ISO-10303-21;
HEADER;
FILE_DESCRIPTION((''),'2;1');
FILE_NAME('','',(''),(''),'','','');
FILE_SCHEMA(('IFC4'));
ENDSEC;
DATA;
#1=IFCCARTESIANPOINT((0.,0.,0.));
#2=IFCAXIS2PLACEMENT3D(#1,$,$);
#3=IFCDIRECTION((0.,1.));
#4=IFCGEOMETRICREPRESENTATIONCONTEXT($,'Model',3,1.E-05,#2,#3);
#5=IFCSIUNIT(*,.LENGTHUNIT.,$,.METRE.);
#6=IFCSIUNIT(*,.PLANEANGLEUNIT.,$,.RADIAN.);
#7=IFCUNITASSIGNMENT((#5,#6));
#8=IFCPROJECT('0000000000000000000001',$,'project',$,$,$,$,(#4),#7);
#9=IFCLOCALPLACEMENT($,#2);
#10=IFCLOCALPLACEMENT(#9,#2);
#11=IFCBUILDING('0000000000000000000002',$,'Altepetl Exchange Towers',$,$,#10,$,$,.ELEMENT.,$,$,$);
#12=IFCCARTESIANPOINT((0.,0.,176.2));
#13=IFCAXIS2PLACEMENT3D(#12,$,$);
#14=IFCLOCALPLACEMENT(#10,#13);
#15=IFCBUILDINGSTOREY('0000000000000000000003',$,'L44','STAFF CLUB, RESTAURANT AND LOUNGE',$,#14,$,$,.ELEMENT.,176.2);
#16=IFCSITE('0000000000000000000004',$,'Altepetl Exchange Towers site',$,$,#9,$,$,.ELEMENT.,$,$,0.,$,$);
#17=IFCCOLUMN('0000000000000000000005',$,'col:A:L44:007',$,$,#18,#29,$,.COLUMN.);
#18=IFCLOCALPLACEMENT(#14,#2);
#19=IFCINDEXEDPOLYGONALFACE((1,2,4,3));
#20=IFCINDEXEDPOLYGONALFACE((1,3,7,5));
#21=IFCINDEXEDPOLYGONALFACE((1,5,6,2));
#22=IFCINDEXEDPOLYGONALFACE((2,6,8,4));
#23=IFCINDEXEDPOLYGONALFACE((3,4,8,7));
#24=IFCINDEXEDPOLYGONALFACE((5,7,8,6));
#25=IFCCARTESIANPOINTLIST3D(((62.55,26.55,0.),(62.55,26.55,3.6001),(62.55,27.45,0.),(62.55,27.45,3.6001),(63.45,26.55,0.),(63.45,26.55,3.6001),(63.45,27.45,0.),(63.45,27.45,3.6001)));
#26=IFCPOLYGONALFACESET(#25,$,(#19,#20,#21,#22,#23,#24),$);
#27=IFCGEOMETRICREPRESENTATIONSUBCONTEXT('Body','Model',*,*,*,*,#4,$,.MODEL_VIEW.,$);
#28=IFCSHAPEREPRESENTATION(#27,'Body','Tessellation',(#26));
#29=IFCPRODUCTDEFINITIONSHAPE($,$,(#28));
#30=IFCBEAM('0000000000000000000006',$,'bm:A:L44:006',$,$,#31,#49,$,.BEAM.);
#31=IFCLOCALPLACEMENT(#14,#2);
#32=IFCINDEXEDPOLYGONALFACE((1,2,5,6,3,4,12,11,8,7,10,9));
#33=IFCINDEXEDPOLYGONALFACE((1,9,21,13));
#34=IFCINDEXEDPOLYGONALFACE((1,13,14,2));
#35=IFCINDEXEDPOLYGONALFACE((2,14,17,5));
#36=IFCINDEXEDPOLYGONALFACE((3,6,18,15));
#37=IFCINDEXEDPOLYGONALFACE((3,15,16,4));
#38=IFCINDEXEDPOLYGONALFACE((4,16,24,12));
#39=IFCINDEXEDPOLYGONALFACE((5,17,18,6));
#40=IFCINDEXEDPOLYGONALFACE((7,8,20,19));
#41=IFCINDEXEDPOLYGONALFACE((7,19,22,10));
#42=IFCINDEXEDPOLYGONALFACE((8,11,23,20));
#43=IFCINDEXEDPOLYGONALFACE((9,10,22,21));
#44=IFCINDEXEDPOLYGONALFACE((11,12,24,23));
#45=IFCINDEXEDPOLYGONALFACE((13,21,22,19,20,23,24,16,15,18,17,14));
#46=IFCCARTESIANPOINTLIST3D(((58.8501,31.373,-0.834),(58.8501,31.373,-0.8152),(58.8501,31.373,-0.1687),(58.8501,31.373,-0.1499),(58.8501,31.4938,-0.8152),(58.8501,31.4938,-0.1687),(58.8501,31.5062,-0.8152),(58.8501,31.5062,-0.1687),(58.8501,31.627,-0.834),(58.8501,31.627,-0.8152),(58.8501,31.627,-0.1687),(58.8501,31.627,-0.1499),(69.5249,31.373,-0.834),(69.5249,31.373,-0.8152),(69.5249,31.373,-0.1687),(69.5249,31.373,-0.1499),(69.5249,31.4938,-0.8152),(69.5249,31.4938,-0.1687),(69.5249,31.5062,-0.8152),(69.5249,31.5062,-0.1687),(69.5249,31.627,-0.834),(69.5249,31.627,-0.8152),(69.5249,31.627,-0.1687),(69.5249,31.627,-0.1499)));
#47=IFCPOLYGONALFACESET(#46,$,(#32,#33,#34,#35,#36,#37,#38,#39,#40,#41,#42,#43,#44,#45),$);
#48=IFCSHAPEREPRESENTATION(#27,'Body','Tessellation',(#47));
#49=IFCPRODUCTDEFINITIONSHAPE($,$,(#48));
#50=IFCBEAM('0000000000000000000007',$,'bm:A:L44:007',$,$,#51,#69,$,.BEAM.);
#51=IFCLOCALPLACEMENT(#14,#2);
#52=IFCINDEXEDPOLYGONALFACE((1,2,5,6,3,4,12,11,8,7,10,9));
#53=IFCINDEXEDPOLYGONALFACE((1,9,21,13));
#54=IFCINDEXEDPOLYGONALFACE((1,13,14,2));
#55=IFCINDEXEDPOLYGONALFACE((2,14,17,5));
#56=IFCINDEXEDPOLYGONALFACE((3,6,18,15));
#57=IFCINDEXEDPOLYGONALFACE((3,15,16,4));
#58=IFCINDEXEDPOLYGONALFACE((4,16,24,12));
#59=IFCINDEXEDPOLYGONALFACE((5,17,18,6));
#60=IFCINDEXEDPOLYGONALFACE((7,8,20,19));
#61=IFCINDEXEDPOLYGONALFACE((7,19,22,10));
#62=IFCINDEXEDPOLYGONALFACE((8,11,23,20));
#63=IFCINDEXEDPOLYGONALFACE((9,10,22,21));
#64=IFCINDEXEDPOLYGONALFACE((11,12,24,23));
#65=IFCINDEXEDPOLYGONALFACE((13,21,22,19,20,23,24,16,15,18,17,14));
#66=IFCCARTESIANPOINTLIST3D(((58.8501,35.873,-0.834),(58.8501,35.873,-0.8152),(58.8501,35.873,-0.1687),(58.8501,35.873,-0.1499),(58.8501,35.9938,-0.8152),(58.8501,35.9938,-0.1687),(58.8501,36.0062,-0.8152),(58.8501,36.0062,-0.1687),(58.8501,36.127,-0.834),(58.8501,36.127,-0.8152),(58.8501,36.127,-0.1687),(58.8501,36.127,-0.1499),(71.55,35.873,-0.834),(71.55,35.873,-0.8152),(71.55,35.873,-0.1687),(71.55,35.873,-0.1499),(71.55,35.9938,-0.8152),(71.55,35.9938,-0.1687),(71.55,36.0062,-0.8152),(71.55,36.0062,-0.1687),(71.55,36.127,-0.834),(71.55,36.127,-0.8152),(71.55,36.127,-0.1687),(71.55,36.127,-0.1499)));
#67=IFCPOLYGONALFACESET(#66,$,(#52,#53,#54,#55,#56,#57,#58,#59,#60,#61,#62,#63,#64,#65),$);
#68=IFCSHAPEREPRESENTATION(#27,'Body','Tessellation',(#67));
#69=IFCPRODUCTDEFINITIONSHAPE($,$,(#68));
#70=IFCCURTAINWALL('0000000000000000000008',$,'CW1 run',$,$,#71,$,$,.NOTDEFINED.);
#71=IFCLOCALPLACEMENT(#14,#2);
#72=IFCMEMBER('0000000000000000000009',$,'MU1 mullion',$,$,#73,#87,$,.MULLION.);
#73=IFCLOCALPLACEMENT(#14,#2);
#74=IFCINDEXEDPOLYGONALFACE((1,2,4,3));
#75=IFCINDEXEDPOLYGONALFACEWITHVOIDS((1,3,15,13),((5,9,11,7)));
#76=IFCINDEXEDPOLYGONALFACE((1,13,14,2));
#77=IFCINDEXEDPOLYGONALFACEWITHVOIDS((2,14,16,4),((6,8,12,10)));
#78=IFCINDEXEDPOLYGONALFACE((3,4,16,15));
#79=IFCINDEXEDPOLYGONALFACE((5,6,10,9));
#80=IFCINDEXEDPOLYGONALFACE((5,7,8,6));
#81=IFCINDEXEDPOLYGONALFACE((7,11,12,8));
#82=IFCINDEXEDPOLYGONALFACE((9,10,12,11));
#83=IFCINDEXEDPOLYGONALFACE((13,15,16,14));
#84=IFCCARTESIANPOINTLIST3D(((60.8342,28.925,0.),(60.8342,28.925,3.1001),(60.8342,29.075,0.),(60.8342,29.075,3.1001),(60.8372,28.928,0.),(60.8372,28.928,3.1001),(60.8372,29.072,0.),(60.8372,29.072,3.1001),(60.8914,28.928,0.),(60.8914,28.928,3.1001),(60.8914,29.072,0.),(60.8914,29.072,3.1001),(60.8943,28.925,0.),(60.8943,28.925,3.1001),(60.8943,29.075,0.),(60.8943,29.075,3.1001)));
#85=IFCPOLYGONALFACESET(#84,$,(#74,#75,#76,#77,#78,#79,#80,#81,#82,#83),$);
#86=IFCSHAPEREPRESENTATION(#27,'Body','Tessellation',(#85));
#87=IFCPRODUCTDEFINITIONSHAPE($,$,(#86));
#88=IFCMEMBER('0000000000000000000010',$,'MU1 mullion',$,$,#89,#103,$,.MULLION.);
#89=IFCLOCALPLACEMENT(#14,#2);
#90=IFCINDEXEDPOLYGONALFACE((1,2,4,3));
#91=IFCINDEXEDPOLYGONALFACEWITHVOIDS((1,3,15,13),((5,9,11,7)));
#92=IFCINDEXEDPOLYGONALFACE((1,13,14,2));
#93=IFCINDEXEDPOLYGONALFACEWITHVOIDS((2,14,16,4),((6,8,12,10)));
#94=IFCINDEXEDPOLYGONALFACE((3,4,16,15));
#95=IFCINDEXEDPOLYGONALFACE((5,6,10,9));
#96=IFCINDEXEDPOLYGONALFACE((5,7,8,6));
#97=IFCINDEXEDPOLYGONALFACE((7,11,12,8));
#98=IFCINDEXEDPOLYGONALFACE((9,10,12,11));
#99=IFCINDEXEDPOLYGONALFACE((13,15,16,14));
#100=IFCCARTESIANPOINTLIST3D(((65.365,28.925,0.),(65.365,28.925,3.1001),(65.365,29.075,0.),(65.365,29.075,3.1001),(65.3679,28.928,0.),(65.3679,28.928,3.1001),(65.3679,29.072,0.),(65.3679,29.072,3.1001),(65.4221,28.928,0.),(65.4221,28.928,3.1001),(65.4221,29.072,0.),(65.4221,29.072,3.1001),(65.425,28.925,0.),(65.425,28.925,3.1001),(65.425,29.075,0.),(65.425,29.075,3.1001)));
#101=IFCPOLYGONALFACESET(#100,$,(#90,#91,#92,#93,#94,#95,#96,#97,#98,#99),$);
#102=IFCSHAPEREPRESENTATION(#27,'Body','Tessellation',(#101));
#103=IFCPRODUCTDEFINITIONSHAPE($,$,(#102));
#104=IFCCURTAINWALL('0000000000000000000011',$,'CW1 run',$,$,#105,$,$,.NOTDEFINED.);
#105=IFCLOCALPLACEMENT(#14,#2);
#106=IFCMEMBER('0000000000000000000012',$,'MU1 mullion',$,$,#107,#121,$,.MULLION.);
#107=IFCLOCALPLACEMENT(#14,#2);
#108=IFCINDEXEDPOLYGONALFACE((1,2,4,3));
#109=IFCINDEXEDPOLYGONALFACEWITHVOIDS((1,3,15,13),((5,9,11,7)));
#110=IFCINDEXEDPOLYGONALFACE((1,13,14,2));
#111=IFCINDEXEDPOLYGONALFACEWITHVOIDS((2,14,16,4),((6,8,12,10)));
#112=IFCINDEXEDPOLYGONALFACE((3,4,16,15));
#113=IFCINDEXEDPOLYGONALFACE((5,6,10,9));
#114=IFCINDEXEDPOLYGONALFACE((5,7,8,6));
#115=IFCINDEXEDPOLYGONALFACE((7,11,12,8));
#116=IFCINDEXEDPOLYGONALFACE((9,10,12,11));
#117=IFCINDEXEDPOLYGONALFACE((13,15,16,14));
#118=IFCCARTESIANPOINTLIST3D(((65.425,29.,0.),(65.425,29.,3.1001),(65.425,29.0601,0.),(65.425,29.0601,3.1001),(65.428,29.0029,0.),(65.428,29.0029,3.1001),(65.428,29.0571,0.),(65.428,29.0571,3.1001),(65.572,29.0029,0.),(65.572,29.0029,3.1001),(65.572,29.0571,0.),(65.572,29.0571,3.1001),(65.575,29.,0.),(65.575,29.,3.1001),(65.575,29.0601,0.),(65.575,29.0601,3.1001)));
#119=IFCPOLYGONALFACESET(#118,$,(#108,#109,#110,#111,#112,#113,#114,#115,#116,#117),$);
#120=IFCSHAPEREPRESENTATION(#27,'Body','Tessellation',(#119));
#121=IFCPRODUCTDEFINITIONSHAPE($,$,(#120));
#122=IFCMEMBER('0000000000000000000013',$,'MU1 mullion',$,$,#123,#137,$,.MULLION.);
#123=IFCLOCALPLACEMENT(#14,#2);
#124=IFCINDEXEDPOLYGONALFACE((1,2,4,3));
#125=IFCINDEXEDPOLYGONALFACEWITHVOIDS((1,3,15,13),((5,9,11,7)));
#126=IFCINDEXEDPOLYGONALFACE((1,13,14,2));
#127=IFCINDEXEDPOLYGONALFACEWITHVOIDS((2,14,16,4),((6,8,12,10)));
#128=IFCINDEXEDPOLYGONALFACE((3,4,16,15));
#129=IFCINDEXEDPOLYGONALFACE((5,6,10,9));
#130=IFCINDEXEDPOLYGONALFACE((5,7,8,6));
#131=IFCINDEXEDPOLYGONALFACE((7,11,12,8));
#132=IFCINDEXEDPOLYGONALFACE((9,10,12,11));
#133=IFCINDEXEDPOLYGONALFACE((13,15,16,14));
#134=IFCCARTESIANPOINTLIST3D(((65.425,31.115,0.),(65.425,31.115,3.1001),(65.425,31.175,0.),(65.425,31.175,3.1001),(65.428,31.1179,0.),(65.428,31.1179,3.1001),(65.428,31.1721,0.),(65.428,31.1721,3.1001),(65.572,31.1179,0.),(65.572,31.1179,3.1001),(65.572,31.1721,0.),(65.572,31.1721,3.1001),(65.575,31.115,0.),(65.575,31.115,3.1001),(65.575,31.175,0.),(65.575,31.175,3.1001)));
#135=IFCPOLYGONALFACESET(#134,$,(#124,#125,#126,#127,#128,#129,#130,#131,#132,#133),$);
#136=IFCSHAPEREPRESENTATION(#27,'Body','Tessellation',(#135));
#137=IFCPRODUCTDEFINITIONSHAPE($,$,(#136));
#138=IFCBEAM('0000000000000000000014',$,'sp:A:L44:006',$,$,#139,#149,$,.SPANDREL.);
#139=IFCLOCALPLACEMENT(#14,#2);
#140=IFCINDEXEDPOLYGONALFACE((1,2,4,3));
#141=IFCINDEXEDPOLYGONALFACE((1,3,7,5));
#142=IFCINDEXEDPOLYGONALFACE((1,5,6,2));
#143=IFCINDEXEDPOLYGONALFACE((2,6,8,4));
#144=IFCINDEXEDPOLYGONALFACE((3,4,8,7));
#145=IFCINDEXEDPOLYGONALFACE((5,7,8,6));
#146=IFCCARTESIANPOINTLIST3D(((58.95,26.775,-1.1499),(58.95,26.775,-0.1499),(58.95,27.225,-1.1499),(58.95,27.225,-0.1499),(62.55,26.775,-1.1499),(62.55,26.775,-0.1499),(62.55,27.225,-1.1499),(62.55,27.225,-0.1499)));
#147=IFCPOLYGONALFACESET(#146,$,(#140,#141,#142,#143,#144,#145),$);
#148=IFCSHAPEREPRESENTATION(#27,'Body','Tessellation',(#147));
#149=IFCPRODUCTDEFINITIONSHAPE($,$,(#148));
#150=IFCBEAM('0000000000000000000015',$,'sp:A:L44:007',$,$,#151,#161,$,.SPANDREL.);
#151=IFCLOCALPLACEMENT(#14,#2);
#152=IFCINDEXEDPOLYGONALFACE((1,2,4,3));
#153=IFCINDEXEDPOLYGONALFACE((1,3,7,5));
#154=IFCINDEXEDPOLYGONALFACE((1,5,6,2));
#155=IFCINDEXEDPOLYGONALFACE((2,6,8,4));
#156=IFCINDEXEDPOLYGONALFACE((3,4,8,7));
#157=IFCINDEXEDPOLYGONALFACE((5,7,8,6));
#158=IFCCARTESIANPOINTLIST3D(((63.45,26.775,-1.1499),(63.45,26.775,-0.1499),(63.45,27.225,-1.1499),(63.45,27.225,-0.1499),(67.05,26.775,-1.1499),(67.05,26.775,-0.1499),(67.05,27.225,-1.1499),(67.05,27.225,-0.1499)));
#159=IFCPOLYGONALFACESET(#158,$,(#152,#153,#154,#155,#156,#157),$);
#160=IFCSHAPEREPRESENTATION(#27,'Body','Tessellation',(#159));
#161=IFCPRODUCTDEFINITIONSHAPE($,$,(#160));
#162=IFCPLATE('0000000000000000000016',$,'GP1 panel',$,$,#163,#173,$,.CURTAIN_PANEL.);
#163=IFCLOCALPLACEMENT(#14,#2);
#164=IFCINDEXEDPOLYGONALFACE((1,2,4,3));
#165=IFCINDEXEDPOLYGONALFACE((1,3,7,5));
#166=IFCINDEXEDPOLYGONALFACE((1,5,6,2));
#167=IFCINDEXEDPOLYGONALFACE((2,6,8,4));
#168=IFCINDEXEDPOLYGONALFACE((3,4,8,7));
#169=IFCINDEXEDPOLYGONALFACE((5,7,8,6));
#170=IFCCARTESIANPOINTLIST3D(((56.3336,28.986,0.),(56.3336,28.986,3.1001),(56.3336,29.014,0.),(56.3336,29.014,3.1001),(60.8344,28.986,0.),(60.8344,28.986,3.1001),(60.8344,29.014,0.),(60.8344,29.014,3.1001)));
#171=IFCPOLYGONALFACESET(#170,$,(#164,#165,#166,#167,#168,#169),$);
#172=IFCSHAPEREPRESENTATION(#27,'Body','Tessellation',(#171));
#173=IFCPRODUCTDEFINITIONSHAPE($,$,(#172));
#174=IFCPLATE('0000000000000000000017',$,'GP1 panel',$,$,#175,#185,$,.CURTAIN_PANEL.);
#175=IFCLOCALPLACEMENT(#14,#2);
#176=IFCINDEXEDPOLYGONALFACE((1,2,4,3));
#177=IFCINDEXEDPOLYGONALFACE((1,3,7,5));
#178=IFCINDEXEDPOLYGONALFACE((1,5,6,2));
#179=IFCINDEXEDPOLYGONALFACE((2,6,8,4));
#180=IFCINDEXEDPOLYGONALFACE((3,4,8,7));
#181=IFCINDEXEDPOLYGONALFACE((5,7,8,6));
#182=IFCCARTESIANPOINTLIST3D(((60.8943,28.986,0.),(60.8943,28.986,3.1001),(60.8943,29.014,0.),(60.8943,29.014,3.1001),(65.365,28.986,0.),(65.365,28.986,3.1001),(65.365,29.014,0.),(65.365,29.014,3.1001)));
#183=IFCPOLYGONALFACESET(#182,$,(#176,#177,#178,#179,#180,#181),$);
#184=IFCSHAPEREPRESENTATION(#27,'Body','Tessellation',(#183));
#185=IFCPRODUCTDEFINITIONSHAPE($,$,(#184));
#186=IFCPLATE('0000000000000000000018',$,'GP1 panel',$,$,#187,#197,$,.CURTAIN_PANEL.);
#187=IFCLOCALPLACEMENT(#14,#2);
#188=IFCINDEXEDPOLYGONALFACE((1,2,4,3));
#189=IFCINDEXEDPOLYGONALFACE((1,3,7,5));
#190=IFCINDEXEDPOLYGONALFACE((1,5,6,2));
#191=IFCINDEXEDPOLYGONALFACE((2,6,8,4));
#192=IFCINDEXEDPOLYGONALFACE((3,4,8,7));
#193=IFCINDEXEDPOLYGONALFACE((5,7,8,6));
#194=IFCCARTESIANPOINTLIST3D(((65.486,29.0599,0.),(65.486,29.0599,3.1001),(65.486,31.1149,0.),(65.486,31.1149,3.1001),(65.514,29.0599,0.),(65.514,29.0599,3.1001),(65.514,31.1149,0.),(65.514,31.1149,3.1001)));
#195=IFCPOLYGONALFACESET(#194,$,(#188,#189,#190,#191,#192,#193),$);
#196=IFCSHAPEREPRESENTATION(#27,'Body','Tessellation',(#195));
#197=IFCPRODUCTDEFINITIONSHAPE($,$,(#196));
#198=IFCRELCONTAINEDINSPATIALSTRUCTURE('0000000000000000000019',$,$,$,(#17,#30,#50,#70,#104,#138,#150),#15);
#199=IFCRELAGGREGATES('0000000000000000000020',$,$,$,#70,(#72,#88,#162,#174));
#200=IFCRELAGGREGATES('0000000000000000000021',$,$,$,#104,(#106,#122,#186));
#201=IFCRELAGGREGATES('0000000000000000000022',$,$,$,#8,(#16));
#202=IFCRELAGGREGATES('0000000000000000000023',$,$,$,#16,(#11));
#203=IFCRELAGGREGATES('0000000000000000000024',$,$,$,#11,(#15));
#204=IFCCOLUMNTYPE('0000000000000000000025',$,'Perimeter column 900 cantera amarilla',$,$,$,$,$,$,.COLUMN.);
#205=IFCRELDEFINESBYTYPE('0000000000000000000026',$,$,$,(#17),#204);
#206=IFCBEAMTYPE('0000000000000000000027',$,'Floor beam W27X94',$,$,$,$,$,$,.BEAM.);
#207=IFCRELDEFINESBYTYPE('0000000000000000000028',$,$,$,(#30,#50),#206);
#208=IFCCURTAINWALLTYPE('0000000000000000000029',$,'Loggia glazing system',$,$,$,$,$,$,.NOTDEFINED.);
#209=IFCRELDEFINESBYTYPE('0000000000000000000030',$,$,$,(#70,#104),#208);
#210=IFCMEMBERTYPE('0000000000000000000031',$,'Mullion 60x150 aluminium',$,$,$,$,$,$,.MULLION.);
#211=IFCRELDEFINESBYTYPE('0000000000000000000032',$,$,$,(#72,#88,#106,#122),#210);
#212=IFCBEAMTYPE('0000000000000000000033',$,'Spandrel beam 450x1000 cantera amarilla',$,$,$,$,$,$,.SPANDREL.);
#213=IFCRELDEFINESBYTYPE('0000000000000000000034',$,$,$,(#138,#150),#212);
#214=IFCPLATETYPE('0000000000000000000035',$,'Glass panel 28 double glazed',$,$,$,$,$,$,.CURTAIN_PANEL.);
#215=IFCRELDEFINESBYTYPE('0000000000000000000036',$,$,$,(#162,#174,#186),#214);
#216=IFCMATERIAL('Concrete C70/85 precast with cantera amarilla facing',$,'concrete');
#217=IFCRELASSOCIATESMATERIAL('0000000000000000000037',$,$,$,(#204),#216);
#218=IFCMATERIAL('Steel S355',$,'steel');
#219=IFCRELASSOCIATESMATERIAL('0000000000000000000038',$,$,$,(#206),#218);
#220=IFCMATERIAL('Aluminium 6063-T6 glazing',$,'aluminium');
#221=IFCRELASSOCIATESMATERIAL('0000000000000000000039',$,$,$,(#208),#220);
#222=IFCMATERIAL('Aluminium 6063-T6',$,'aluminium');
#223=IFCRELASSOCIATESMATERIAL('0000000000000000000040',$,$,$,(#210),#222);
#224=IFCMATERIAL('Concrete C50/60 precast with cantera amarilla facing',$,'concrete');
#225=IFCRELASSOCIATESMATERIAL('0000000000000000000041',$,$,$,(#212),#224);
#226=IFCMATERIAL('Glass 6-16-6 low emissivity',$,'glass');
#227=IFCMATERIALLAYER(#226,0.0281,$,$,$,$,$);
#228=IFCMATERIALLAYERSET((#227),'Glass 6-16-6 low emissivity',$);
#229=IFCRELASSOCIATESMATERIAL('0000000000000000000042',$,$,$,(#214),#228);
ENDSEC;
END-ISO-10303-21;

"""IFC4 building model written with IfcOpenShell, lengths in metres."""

from ifc_helpers import new_model, si_unit, direction, frame, origin, origin_2d, place, context, subcontext, project, spatial, rectangle, hollow_rectangle, i_section, extrude, material, layer, layer_set, material_profile, profile_set, type_object, element, aggregate, save


model = new_model("IFC4")

# Units and contexts
model_context = context("Model", 3, precision=1e-05, world=origin(), true_north=direction((0.0, 1.0)))
body_context = subcontext(model_context, "Body", "Model", "MODEL_VIEW")
ifc_project = project(units=[si_unit("LENGTHUNIT", "METRE"), si_unit("PLANEANGLEUNIT", "RADIAN")], contexts=[model_context])

# Site, building, storey
site_placement = place(None, origin())
site = spatial("IfcSite", under=ifc_project, at=site_placement, Name="Altepetl Exchange Towers site", CompositionType="ELEMENT", RefElevation=0.0)
building_placement = place(site_placement, origin())
building = spatial("IfcBuilding", under=site, at=building_placement, Name="Altepetl Exchange Towers", CompositionType="ELEMENT")
storey_placement = place(building_placement, frame((0.0, 0.0, 176.2)))
storey = spatial("IfcBuildingStorey", under=building, at=storey_placement, Name="L44", Description="STAFF CLUB, RESTAURANT AND LOUNGE", CompositionType="ELEMENT", Elevation=176.2)

# Column
ifc_material_1 = material(Name="Concrete C70/85 precast with cantera amarilla facing", Category="concrete")
ifc_material_profile_1 = material_profile(ifc_material_1, rectangle(XDim=0.8999, YDim=0.8999, at=origin_2d()), Name="900 x 900")
ifc_profile_set_1 = profile_set([ifc_material_profile_1], Name="Concrete C70/85 precast with cantera amarilla facing")
column_type = type_object("IfcColumnType", Name="Perimeter column 900 cantera amarilla", PredefinedType="COLUMN", material=ifc_profile_set_1)
column_placement = place(storey_placement, frame((63.0, 27.0, 0.0)))
element("IfcColumn", 1, at=column_placement, inside=storey, type_object=column_type, Name="col:A:L44:007", PredefinedType="COLUMN", context=body_context, shape_type="SweptSolid", body=[
    extrude(rectangle(XDim=0.8999, YDim=0.8999, at=origin_2d()), origin(), (0.0, 0.0, 1.0), 3.6001),
])

# Beams
ifc_material_2 = material(Name="Steel S355", Category="steel")
ifc_material_profile_2 = material_profile(ifc_material_2, i_section(OverallWidth=0.2539, OverallDepth=0.6841, WebThickness=0.0125, FlangeThickness=0.0188, at=origin_2d()), Name="W27X94")
ifc_profile_set_2 = profile_set([ifc_material_profile_2], Name="Steel S355")
beam_type_1 = type_object("IfcBeamType", Name="Floor beam W27X94", PredefinedType="BEAM", material=ifc_profile_set_2)
beam_1_placement = place(storey_placement, frame((58.8501, 31.5, -0.4919), z_axis=(1.0, 0.0, 0.0), x_axis=(0.0, 1.0, 0.0)))
element("IfcBeam", 2, at=beam_1_placement, inside=storey, type_object=beam_type_1, Name="bm:A:L44:006", PredefinedType="BEAM", context=body_context, shape_type="SweptSolid", body=[
    extrude(i_section(OverallWidth=0.2539, OverallDepth=0.6841, WebThickness=0.0125, FlangeThickness=0.0188, at=origin_2d()), origin(), (0.0, 0.0, 1.0), 10.6748),
])
beam_2_placement = place(storey_placement, frame((58.8501, 36.0, -0.4919), z_axis=(1.0, 0.0, 0.0), x_axis=(0.0, 1.0, 0.0)))
element("IfcBeam", 3, at=beam_2_placement, inside=storey, type_object=beam_type_1, Name="bm:A:L44:007", PredefinedType="BEAM", context=body_context, shape_type="SweptSolid", body=[
    extrude(i_section(OverallWidth=0.2539, OverallDepth=0.6841, WebThickness=0.0125, FlangeThickness=0.0188, at=origin_2d()), origin(), (0.0, 0.0, 1.0), 12.7),
])

# Curtain walls, members
ifc_material_3 = material(Name="Aluminium 6063-T6 glazing", Category="aluminium")
curtain_wall_type = type_object("IfcCurtainWallType", Name="Loggia glazing system", PredefinedType="NOTDEFINED", material=ifc_material_3)
curtain_wall_1_placement = place(storey_placement, origin())
curtain_wall_1 = element("IfcCurtainWall", 4, at=curtain_wall_1_placement, inside=storey, type_object=curtain_wall_type, Name="CW1 run", PredefinedType="NOTDEFINED")
ifc_material_4 = material(Name="Aluminium 6063-T6", Category="aluminium")
ifc_material_profile_3 = material_profile(ifc_material_4, hollow_rectangle(XDim=0.0601, YDim=0.1499, WallThickness=0.0029, at=origin_2d()), Name="Mullion 60x150 aluminium")
ifc_profile_set_3 = profile_set([ifc_material_profile_3], Name="Aluminium 6063-T6")
member_type = type_object("IfcMemberType", Name="Mullion 60x150 aluminium", PredefinedType="MULLION", material=ifc_profile_set_3)
member_1_placement = place(storey_placement, frame((60.8643, 29.0, 0.0)))
member_1 = element("IfcMember", 5, at=member_1_placement, type_object=member_type, Name="MU1 mullion", PredefinedType="MULLION", context=body_context, shape_type="SweptSolid", body=[
    extrude(hollow_rectangle(XDim=0.0601, YDim=0.1499, WallThickness=0.0029, at=origin_2d()), origin(), (0.0, 0.0, 1.0), 3.1001),
])
member_2_placement = place(storey_placement, frame((65.395, 29.0, 0.0)))
member_2 = element("IfcMember", 6, at=member_2_placement, type_object=member_type, Name="MU1 mullion", PredefinedType="MULLION", context=body_context, shape_type="SweptSolid", body=[
    extrude(hollow_rectangle(XDim=0.0601, YDim=0.1499, WallThickness=0.0029, at=origin_2d()), origin(), (0.0, 0.0, 1.0), 3.1001),
])
curtain_wall_2_placement = place(storey_placement, origin())
curtain_wall_2 = element("IfcCurtainWall", 7, at=curtain_wall_2_placement, inside=storey, type_object=curtain_wall_type, Name="CW1 run", PredefinedType="NOTDEFINED")
member_3_placement = place(storey_placement, frame((65.5, 29.03, 0.0), z_axis=(0.0, 0.0, 1.0), x_axis=(0.0, 1.0, 0.0)))
member_3 = element("IfcMember", 8, at=member_3_placement, type_object=member_type, Name="MU1 mullion", PredefinedType="MULLION", context=body_context, shape_type="SweptSolid", body=[
    extrude(hollow_rectangle(XDim=0.0601, YDim=0.1499, WallThickness=0.0029, at=origin_2d()), origin(), (0.0, 0.0, 1.0), 3.1001),
])
member_4_placement = place(storey_placement, frame((65.5, 31.145, 0.0), z_axis=(0.0, 0.0, 1.0), x_axis=(0.0, 1.0, 0.0)))
member_4 = element("IfcMember", 9, at=member_4_placement, type_object=member_type, Name="MU1 mullion", PredefinedType="MULLION", context=body_context, shape_type="SweptSolid", body=[
    extrude(hollow_rectangle(XDim=0.0601, YDim=0.1499, WallThickness=0.0029, at=origin_2d()), origin(), (0.0, 0.0, 1.0), 3.1001),
])

# Beams
ifc_material_5 = material(Name="Concrete C50/60 precast with cantera amarilla facing", Category="concrete")
ifc_material_profile_4 = material_profile(ifc_material_5, rectangle(XDim=0.45, YDim=1.0, at=origin_2d()), Name="450 x 1000")
ifc_profile_set_4 = profile_set([ifc_material_profile_4], Name="Concrete C50/60 precast with cantera amarilla facing")
beam_type_2 = type_object("IfcBeamType", Name="Spandrel beam 450x1000 cantera amarilla", PredefinedType="SPANDREL", material=ifc_profile_set_4)
for number, where, z_axis, x_axis, name in (
    (10, (58.95, 27.0, -0.6499), (1.0, 0.0, 0.0), (0.0, 1.0, 0.0), "sp:A:L44:006"),
    (11, (63.45, 27.0, -0.6499), (1.0, 0.0, 0.0), (0.0, 1.0, 0.0), "sp:A:L44:007"),
):
    element("IfcBeam", number, at=place(storey_placement, frame(where, z_axis=z_axis, x_axis=x_axis)), inside=storey, type_object=beam_type_2, Name=name, PredefinedType="SPANDREL", context=body_context, shape_type="SweptSolid", body=[
        extrude(rectangle(XDim=0.45, YDim=1.0, at=origin_2d()), origin(), (0.0, 0.0, 1.0), 3.6001),
    ])

# Plates
ifc_material_6 = material(Name="Glass 6-16-6 low emissivity", Category="glass")
ifc_layer_1 = layer(ifc_material_6, 0.0281)
ifc_layer_set_1 = layer_set([ifc_layer_1], Name="Glass 6-16-6 low emissivity")
plate_type = type_object("IfcPlateType", Name="Glass panel 28 double glazed", PredefinedType="CURTAIN_PANEL", material=ifc_layer_set_1)
plate_1_placement = place(storey_placement, frame((58.584, 29.0, 0.0)))
plate_1 = element("IfcPlate", 12, at=plate_1_placement, type_object=plate_type, Name="GP1 panel", PredefinedType="CURTAIN_PANEL", context=body_context, shape_type="SweptSolid", body=[
    extrude(rectangle(XDim=4.5007, YDim=0.0281, at=origin_2d()), origin(), (0.0, 0.0, 1.0), 3.1001),
])
plate_2_placement = place(storey_placement, frame((63.1296, 29.0, 0.0)))
plate_2 = element("IfcPlate", 13, at=plate_2_placement, type_object=plate_type, Name="GP1 panel", PredefinedType="CURTAIN_PANEL", context=body_context, shape_type="SweptSolid", body=[
    extrude(rectangle(XDim=4.4707, YDim=0.0281, at=origin_2d()), origin(), (0.0, 0.0, 1.0), 3.1001),
])
aggregate(curtain_wall_1, [member_1, member_2, plate_1, plate_2])
plate_3_placement = place(storey_placement, frame((65.5, 30.0874, 0.0), z_axis=(0.0, 0.0, 1.0), x_axis=(0.0, 1.0, 0.0)))
plate_3 = element("IfcPlate", 14, at=plate_3_placement, type_object=plate_type, Name="GP1 panel", PredefinedType="CURTAIN_PANEL", context=body_context, shape_type="SweptSolid", body=[
    extrude(rectangle(XDim=2.0549, YDim=0.0281, at=origin_2d()), origin(), (0.0, 0.0, 1.0), 3.1001),
])
aggregate(curtain_wall_2, [member_3, member_4, plate_3])

save(model, "model.ifc")
